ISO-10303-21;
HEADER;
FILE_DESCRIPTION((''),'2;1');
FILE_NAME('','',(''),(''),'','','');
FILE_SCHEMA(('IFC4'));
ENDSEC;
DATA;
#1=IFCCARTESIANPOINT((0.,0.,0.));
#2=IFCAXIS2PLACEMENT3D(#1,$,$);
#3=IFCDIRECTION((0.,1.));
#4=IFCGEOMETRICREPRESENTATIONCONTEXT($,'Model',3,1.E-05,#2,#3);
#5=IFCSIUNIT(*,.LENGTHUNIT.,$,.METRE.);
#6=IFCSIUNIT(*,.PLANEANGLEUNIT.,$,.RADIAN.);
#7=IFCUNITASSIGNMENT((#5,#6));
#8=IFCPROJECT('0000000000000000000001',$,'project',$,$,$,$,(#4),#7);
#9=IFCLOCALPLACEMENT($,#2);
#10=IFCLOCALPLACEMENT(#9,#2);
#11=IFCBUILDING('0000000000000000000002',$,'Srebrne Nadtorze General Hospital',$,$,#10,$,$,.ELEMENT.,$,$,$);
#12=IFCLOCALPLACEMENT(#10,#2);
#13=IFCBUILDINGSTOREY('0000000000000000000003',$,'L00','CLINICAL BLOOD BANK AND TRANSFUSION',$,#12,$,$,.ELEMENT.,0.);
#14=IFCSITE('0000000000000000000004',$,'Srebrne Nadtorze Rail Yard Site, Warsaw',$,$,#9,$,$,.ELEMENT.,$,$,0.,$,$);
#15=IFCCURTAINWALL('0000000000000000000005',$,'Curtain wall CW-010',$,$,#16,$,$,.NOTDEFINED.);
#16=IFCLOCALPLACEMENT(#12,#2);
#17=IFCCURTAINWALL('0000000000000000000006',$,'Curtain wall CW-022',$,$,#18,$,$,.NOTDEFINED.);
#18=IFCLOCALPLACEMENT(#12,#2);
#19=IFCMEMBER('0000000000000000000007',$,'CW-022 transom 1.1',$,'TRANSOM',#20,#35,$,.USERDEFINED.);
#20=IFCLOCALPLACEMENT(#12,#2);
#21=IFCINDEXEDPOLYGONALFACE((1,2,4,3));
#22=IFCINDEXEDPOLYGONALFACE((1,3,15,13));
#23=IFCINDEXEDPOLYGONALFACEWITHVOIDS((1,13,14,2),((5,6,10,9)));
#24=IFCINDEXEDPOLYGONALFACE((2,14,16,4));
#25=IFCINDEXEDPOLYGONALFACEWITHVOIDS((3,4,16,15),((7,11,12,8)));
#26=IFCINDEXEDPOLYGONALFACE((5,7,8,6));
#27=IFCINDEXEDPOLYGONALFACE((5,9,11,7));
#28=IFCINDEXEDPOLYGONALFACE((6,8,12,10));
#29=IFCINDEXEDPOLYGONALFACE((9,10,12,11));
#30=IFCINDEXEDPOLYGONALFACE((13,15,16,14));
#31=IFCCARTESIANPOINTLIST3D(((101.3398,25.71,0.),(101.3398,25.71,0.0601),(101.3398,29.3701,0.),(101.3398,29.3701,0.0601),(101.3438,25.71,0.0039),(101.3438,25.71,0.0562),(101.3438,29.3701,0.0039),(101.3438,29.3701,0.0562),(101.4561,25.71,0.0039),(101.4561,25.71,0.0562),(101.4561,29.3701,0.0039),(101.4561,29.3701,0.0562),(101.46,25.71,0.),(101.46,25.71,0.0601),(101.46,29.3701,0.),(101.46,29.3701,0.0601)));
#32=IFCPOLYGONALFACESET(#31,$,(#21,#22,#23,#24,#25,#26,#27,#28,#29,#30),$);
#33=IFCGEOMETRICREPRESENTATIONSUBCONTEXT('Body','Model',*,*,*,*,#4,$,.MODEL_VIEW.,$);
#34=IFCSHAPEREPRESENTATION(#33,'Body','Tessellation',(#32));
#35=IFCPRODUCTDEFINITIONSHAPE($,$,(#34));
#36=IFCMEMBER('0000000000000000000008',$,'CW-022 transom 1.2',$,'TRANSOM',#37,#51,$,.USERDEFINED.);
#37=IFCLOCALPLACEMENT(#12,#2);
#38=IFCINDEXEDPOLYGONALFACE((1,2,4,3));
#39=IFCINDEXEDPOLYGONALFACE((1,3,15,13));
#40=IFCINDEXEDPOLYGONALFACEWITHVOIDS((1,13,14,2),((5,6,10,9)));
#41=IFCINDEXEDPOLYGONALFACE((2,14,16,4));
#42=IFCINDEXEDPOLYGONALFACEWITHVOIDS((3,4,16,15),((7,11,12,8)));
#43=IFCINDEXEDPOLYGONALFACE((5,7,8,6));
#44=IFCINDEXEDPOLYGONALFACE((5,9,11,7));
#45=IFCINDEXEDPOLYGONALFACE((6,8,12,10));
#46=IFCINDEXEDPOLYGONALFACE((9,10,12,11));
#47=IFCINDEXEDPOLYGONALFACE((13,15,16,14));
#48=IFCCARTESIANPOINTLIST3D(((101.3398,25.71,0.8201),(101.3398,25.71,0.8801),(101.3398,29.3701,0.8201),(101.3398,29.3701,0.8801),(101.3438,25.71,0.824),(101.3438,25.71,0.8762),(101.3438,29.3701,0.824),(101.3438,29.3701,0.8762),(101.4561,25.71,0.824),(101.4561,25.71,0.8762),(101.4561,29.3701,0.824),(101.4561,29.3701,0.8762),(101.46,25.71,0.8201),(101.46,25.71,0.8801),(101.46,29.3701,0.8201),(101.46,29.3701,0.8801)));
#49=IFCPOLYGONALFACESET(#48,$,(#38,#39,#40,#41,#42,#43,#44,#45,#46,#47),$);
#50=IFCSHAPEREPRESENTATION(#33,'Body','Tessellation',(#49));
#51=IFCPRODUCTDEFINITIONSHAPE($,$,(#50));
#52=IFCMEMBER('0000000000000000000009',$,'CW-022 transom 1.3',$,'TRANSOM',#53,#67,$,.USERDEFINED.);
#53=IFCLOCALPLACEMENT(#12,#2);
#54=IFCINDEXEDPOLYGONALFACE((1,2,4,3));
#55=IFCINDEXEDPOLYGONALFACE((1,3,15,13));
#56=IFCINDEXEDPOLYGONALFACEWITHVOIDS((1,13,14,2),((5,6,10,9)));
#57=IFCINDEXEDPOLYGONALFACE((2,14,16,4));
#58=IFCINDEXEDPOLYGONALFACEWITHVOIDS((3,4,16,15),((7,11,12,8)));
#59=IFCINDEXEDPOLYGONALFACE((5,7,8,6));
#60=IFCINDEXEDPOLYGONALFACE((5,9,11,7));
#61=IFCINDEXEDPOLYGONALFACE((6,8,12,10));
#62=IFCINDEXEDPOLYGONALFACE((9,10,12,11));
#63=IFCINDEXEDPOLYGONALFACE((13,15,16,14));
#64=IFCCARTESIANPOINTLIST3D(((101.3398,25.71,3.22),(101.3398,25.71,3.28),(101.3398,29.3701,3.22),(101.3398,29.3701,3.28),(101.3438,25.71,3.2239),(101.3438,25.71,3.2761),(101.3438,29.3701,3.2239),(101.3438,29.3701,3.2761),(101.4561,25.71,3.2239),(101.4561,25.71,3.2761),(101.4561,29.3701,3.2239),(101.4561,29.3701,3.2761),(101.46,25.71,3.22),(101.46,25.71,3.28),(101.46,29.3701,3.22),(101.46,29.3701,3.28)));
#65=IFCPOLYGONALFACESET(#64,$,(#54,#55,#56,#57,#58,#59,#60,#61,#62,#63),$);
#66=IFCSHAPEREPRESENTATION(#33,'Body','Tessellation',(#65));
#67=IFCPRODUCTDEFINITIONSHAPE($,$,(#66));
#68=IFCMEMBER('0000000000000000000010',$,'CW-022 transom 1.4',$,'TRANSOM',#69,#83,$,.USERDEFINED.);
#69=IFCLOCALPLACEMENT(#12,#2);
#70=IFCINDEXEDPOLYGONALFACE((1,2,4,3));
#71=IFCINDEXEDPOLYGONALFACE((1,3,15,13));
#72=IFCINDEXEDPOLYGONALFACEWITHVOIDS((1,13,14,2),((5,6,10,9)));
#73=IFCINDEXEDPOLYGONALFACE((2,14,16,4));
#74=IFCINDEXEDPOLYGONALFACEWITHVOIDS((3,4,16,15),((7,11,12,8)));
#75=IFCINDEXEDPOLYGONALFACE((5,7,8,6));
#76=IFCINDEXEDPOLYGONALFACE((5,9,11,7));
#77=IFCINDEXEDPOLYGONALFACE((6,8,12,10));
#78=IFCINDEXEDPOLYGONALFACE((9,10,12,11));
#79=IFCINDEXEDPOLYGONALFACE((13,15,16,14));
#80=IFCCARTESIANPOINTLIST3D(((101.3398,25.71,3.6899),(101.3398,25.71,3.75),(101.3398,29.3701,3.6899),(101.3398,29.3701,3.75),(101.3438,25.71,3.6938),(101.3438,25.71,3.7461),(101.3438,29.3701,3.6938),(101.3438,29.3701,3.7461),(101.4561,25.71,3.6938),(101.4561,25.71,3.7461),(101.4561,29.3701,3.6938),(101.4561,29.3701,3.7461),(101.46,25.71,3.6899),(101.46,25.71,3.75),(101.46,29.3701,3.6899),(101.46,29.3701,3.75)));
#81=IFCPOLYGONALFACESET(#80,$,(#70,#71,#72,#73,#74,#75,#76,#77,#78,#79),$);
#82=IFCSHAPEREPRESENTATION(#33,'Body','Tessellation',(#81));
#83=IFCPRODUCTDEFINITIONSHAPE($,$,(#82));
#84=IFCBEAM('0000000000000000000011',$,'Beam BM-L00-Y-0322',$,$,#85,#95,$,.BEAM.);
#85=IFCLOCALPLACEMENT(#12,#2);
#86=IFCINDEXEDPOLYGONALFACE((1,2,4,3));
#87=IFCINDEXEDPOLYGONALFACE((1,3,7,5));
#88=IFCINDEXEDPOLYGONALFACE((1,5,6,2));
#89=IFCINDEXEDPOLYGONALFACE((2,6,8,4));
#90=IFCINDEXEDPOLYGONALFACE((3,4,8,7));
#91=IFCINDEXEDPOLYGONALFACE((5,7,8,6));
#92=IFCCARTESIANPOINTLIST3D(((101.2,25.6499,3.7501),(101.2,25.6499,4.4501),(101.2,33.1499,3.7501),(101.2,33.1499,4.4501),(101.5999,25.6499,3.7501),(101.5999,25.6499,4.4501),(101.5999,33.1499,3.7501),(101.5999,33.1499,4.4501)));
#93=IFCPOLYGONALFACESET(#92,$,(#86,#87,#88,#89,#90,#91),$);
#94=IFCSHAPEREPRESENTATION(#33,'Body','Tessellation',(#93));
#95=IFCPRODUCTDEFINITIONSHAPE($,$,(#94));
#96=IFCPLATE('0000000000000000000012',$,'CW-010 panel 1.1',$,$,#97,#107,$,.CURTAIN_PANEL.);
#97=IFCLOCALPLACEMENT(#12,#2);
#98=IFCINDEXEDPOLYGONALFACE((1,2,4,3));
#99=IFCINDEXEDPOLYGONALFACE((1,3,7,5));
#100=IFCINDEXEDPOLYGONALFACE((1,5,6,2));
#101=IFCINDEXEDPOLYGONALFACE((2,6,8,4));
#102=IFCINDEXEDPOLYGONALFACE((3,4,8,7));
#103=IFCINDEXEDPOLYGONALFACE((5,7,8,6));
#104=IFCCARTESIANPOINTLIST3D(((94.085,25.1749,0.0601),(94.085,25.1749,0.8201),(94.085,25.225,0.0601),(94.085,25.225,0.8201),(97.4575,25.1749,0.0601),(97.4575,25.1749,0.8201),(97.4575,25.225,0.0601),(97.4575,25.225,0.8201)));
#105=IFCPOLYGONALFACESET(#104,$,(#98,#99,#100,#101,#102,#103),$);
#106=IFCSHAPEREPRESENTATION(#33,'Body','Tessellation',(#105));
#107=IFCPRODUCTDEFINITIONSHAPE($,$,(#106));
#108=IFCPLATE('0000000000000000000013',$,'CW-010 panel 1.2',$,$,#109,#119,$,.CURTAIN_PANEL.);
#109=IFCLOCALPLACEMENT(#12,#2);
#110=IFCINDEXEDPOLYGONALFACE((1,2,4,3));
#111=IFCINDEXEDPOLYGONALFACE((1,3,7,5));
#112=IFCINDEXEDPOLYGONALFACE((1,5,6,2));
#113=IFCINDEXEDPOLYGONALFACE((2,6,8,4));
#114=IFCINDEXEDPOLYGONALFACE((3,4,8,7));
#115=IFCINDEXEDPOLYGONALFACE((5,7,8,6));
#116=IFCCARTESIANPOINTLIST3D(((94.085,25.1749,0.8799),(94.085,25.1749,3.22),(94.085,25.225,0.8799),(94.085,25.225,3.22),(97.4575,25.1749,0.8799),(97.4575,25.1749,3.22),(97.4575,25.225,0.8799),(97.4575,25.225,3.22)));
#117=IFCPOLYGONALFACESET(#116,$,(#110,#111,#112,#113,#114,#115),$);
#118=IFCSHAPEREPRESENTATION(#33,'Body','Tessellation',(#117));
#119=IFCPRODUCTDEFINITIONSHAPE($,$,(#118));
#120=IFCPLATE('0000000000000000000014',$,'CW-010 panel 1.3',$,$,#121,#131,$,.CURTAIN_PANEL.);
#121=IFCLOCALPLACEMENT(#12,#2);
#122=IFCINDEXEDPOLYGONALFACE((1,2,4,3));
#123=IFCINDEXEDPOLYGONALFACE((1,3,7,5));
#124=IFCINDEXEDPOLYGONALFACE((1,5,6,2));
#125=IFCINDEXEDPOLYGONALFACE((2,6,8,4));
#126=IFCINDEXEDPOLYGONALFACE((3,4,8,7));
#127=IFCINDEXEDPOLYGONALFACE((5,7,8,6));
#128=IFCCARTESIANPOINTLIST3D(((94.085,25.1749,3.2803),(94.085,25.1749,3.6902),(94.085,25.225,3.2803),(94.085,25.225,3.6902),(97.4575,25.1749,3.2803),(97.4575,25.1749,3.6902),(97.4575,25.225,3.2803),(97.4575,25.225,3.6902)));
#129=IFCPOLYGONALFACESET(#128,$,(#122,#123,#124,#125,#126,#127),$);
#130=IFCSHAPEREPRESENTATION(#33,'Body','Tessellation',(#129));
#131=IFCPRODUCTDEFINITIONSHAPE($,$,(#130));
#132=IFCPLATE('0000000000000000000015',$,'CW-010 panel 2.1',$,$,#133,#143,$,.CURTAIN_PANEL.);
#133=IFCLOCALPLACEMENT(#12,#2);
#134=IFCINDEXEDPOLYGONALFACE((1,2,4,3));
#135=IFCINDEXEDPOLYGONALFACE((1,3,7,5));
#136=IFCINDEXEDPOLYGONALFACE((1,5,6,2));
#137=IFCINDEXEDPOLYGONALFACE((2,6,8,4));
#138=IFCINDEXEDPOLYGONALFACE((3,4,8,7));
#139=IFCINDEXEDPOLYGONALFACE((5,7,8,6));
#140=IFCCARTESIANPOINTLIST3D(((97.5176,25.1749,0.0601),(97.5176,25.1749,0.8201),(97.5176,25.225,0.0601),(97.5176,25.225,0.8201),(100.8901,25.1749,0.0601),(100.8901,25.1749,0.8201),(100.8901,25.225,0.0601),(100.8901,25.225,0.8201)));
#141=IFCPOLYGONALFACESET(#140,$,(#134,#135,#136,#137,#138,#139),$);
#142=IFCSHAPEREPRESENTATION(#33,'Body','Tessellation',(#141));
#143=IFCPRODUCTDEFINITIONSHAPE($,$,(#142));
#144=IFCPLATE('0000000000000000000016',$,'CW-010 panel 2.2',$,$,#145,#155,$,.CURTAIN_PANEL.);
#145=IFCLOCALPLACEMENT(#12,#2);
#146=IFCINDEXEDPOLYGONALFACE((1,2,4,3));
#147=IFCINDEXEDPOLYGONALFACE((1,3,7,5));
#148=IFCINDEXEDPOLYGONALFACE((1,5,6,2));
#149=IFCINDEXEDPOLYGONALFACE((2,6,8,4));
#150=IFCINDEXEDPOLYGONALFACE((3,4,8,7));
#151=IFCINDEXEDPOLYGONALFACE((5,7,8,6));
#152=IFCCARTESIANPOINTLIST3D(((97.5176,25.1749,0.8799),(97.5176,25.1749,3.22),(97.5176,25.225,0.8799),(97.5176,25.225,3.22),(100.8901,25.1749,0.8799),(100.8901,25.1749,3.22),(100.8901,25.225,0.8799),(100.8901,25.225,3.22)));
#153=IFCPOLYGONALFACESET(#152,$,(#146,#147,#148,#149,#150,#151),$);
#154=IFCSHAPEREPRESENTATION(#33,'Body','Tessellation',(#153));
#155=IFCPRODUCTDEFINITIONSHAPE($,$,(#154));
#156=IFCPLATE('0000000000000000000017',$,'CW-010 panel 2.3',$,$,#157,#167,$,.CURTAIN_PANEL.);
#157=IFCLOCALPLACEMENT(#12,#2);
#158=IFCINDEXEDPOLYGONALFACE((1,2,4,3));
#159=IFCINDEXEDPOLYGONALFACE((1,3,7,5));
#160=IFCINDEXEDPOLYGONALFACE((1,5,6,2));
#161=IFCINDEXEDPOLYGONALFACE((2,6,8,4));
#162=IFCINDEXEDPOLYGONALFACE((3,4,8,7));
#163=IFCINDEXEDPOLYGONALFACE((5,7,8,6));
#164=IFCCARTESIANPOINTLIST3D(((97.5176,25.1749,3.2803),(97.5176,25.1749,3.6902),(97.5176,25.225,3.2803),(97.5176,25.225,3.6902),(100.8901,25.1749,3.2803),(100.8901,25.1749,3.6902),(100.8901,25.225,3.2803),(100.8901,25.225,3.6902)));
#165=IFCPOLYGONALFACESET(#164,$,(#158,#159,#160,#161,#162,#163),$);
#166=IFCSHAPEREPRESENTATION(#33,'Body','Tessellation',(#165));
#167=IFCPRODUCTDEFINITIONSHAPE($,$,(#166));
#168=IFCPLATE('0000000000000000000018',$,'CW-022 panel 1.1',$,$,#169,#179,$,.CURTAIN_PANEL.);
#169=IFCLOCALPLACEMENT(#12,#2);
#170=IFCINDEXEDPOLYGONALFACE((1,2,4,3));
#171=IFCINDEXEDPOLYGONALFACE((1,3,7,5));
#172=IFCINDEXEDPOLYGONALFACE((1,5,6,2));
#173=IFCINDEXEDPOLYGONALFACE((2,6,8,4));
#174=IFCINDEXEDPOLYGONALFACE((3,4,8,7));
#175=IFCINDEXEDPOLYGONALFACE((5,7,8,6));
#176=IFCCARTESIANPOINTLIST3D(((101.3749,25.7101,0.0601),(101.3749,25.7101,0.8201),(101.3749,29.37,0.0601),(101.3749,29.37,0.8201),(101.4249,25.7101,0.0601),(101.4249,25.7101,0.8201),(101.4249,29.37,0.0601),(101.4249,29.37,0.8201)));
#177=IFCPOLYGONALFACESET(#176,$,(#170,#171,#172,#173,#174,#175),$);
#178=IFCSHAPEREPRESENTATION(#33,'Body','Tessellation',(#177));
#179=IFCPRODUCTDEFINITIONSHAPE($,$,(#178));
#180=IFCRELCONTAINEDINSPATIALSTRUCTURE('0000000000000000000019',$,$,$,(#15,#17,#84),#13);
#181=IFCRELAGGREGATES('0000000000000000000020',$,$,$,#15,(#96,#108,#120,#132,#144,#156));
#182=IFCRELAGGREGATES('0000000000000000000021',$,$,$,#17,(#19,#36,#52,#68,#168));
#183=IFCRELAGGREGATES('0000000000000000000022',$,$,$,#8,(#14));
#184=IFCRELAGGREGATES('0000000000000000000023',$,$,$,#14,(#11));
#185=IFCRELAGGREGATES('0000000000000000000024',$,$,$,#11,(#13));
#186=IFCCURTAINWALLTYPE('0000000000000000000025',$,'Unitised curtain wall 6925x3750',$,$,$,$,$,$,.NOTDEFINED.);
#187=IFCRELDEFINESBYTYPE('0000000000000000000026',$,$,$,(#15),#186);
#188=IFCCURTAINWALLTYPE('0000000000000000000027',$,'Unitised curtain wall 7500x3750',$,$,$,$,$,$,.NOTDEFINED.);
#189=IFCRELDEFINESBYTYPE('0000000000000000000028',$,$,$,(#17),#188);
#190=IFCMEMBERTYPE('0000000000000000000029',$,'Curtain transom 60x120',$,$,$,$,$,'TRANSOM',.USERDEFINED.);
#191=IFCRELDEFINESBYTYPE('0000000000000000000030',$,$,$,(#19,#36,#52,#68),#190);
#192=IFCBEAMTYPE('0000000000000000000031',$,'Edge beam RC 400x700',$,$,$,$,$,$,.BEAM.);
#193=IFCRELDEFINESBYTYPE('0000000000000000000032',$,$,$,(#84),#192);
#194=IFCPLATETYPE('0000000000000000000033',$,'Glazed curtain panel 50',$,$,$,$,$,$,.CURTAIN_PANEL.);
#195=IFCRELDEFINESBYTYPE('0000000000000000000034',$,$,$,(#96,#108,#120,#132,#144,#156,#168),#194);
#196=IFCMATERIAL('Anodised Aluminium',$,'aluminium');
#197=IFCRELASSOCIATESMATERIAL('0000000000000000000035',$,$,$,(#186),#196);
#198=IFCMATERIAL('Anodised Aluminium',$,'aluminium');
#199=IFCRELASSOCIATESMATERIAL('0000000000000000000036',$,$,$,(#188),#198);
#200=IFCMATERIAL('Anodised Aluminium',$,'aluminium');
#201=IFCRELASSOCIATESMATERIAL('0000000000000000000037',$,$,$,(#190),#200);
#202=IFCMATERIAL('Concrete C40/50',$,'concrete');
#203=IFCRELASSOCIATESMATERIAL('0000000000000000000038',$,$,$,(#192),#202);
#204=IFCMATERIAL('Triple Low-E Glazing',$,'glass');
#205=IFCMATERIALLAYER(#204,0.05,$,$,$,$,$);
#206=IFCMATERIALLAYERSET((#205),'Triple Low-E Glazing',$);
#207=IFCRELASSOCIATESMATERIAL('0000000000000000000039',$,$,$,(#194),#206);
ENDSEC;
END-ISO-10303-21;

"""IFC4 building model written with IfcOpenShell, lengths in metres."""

from ifc_helpers import new_model, si_unit, direction, frame, origin, origin_2d, place, context, subcontext, project, spatial, rectangle, hollow_rectangle, extrude, material, layer, layer_set, material_profile, profile_set, type_object, element, aggregate, save


model = new_model("IFC4")

# Units and contexts
model_context = context("Model", 3, precision=1e-05, world=origin(), true_north=direction((0.0, 1.0)))
body_context = subcontext(model_context, "Body", "Model", "MODEL_VIEW")
ifc_project = project(units=[si_unit("LENGTHUNIT", "METRE"), si_unit("PLANEANGLEUNIT", "RADIAN")], contexts=[model_context])

# Site, building, storey
site_placement = place(None, origin())
site = spatial("IfcSite", under=ifc_project, at=site_placement, Name="Srebrne Nadtorze Rail Yard Site, Warsaw", CompositionType="ELEMENT", RefElevation=0.0)
building_placement = place(site_placement, origin())
building = spatial("IfcBuilding", under=site, at=building_placement, Name="Srebrne Nadtorze General Hospital", CompositionType="ELEMENT")
storey_placement = place(building_placement, origin())
storey = spatial("IfcBuildingStorey", under=building, at=storey_placement, Name="L00", Description="CLINICAL BLOOD BANK AND TRANSFUSION", CompositionType="ELEMENT", Elevation=0.0)

# Curtain wall
ifc_material_1 = material(Name="Anodised Aluminium", Category="aluminium")
curtain_wall_type_1 = type_object("IfcCurtainWallType", Name="Unitised curtain wall 6925x3750", PredefinedType="NOTDEFINED", material=ifc_material_1)
curtain_wall_1_placement = place(storey_placement, origin())
curtain_wall_1 = element("IfcCurtainWall", 1, at=curtain_wall_1_placement, inside=storey, type_object=curtain_wall_type_1, Name="Curtain wall CW-010", PredefinedType="NOTDEFINED")

# Curtain wall
ifc_material_2 = material(Name="Anodised Aluminium", Category="aluminium")
curtain_wall_type_2 = type_object("IfcCurtainWallType", Name="Unitised curtain wall 7500x3750", PredefinedType="NOTDEFINED", material=ifc_material_2)
curtain_wall_2_placement = place(storey_placement, origin())
curtain_wall_2 = element("IfcCurtainWall", 2, at=curtain_wall_2_placement, inside=storey, type_object=curtain_wall_type_2, Name="Curtain wall CW-022", PredefinedType="NOTDEFINED")

# Members
ifc_material_3 = material(Name="Anodised Aluminium", Category="aluminium")
ifc_material_profile_1 = material_profile(ifc_material_3, hollow_rectangle(XDim=0.0601, YDim=0.1201, WallThickness=0.0039, at=origin_2d()), Name="AL-TRN-60x120")
ifc_profile_set_1 = profile_set([ifc_material_profile_1], Name="Anodised Aluminium")
member_type_1 = type_object("IfcMemberType", Name="Curtain transom 60x120", ElementType="TRANSOM", PredefinedType="USERDEFINED", material=ifc_profile_set_1)
member_1_placement = place(storey_placement, frame((101.3999, 25.71, 0.03), z_axis=(0.0, 1.0, 0.0), x_axis=(0.0, 0.0, 1.0)))
member_1 = element("IfcMember", 3, at=member_1_placement, type_object=member_type_1, Name="CW-022 transom 1.1", ObjectType="TRANSOM", PredefinedType="USERDEFINED", context=body_context, shape_type="SweptSolid", body=[
    extrude(hollow_rectangle(XDim=0.0601, YDim=0.1201, WallThickness=0.0039, at=origin_2d()), origin(), (0.0, 0.0, 1.0), 3.6602),
])
member_2_placement = place(storey_placement, frame((101.3999, 25.71, 0.8501), z_axis=(0.0, 1.0, 0.0), x_axis=(0.0, 0.0, 1.0)))
member_2 = element("IfcMember", 4, at=member_2_placement, type_object=member_type_1, Name="CW-022 transom 1.2", ObjectType="TRANSOM", PredefinedType="USERDEFINED", context=body_context, shape_type="SweptSolid", body=[
    extrude(hollow_rectangle(XDim=0.0601, YDim=0.1201, WallThickness=0.0039, at=origin_2d()), origin(), (0.0, 0.0, 1.0), 3.6602),
])
member_3_placement = place(storey_placement, frame((101.3999, 25.71, 3.25), z_axis=(0.0, 1.0, 0.0), x_axis=(0.0, 0.0, 1.0)))
member_3 = element("IfcMember", 5, at=member_3_placement, type_object=member_type_1, Name="CW-022 transom 1.3", ObjectType="TRANSOM", PredefinedType="USERDEFINED", context=body_context, shape_type="SweptSolid", body=[
    extrude(hollow_rectangle(XDim=0.0601, YDim=0.1201, WallThickness=0.0039, at=origin_2d()), origin(), (0.0, 0.0, 1.0), 3.6602),
])
member_4_placement = place(storey_placement, frame((101.3999, 25.71, 3.72), z_axis=(0.0, 1.0, 0.0), x_axis=(0.0, 0.0, 1.0)))
member_4 = element("IfcMember", 6, at=member_4_placement, type_object=member_type_1, Name="CW-022 transom 1.4", ObjectType="TRANSOM", PredefinedType="USERDEFINED", context=body_context, shape_type="SweptSolid", body=[
    extrude(hollow_rectangle(XDim=0.0601, YDim=0.1201, WallThickness=0.0039, at=origin_2d()), origin(), (0.0, 0.0, 1.0), 3.6602),
])

# Beam
ifc_material_4 = material(Name="Concrete C40/50", Category="concrete")
ifc_material_profile_2 = material_profile(ifc_material_4, rectangle(XDim=0.3999, YDim=0.7, at=origin_2d()), Name="RC-BM-400x700")
ifc_profile_set_2 = profile_set([ifc_material_profile_2], Name="Concrete C40/50")
beam_type = type_object("IfcBeamType", Name="Edge beam RC 400x700", PredefinedType="BEAM", material=ifc_profile_set_2)
beam_placement = place(storey_placement, frame((101.3999, 25.6499, 4.1001), z_axis=(0.0, 1.0, 0.0), x_axis=(-1.0, 0.0, 0.0)))
element("IfcBeam", 7, at=beam_placement, inside=storey, type_object=beam_type, Name="Beam BM-L00-Y-0322", PredefinedType="BEAM", context=body_context, shape_type="SweptSolid", body=[
    extrude(rectangle(XDim=0.3999, YDim=0.7, at=origin_2d()), origin(), (0.0, 0.0, 1.0), 7.5),
])

# Plates
ifc_material_5 = material(Name="Triple Low-E Glazing", Category="glass")
ifc_layer = layer(ifc_material_5, 0.05)
ifc_layer_set = layer_set([ifc_layer], Name="Triple Low-E Glazing")
plate_type = type_object("IfcPlateType", Name="Glazed curtain panel 50", PredefinedType="CURTAIN_PANEL", material=ifc_layer_set)
plate_1_placement = place(storey_placement, frame((95.7712, 25.2, 0.0601), z_axis=(0.0, 0.0, 1.0), x_axis=(1.0, 0.0, 0.0)))
plate_1 = element("IfcPlate", 8, at=plate_1_placement, type_object=plate_type, Name="CW-010 panel 1.1", PredefinedType="CURTAIN_PANEL", context=body_context, shape_type="SweptSolid", body=[
    extrude(rectangle(XDim=3.3726, YDim=0.05, at=origin_2d()), origin(), (0.0, 0.0, 1.0), 0.76),
])
plate_2_placement = place(storey_placement, frame((95.7712, 25.2, 0.8799), z_axis=(0.0, 0.0, 1.0), x_axis=(1.0, 0.0, 0.0)))
plate_2 = element("IfcPlate", 9, at=plate_2_placement, type_object=plate_type, Name="CW-010 panel 1.2", PredefinedType="CURTAIN_PANEL", context=body_context, shape_type="SweptSolid", body=[
    extrude(rectangle(XDim=3.3726, YDim=0.05, at=origin_2d()), origin(), (0.0, 0.0, 1.0), 2.3401),
])
plate_3_placement = place(storey_placement, frame((95.7712, 25.2, 3.2803), z_axis=(0.0, 0.0, 1.0), x_axis=(1.0, 0.0, 0.0)))
plate_3 = element("IfcPlate", 10, at=plate_3_placement, type_object=plate_type, Name="CW-010 panel 1.3", PredefinedType="CURTAIN_PANEL", context=body_context, shape_type="SweptSolid", body=[
    extrude(rectangle(XDim=3.3726, YDim=0.05, at=origin_2d()), origin(), (0.0, 0.0, 1.0), 0.4099),
])
plate_4_placement = place(storey_placement, frame((99.2039, 25.2, 0.0601), z_axis=(0.0, 0.0, 1.0), x_axis=(1.0, 0.0, 0.0)))
plate_4 = element("IfcPlate", 11, at=plate_4_placement, type_object=plate_type, Name="CW-010 panel 2.1", PredefinedType="CURTAIN_PANEL", context=body_context, shape_type="SweptSolid", body=[
    extrude(rectangle(XDim=3.3726, YDim=0.05, at=origin_2d()), origin(), (0.0, 0.0, 1.0), 0.76),
])
plate_5_placement = place(storey_placement, frame((99.2039, 25.2, 0.8799), z_axis=(0.0, 0.0, 1.0), x_axis=(1.0, 0.0, 0.0)))
plate_5 = element("IfcPlate", 12, at=plate_5_placement, type_object=plate_type, Name="CW-010 panel 2.2", PredefinedType="CURTAIN_PANEL", context=body_context, shape_type="SweptSolid", body=[
    extrude(rectangle(XDim=3.3726, YDim=0.05, at=origin_2d()), origin(), (0.0, 0.0, 1.0), 2.3401),
])
plate_6_placement = place(storey_placement, frame((99.2039, 25.2, 3.2803), z_axis=(0.0, 0.0, 1.0), x_axis=(1.0, 0.0, 0.0)))
plate_6 = element("IfcPlate", 13, at=plate_6_placement, type_object=plate_type, Name="CW-010 panel 2.3", PredefinedType="CURTAIN_PANEL", context=body_context, shape_type="SweptSolid", body=[
    extrude(rectangle(XDim=3.3726, YDim=0.05, at=origin_2d()), origin(), (0.0, 0.0, 1.0), 0.4099),
])
aggregate(curtain_wall_1, [plate_1, plate_2, plate_3, plate_4, plate_5, plate_6])
plate_7_placement = place(storey_placement, frame((101.3999, 27.54, 0.0601), z_axis=(0.0, 0.0, 1.0), x_axis=(0.0, 1.0, 0.0)))
plate_7 = element("IfcPlate", 14, at=plate_7_placement, type_object=plate_type, Name="CW-022 panel 1.1", PredefinedType="CURTAIN_PANEL", context=body_context, shape_type="SweptSolid", body=[
    extrude(rectangle(XDim=3.6599, YDim=0.05, at=origin_2d()), origin(), (0.0, 0.0, 1.0), 0.76),
])
aggregate(curtain_wall_2, [member_1, member_2, member_3, member_4, plate_7])

save(model, "model.ifc")
